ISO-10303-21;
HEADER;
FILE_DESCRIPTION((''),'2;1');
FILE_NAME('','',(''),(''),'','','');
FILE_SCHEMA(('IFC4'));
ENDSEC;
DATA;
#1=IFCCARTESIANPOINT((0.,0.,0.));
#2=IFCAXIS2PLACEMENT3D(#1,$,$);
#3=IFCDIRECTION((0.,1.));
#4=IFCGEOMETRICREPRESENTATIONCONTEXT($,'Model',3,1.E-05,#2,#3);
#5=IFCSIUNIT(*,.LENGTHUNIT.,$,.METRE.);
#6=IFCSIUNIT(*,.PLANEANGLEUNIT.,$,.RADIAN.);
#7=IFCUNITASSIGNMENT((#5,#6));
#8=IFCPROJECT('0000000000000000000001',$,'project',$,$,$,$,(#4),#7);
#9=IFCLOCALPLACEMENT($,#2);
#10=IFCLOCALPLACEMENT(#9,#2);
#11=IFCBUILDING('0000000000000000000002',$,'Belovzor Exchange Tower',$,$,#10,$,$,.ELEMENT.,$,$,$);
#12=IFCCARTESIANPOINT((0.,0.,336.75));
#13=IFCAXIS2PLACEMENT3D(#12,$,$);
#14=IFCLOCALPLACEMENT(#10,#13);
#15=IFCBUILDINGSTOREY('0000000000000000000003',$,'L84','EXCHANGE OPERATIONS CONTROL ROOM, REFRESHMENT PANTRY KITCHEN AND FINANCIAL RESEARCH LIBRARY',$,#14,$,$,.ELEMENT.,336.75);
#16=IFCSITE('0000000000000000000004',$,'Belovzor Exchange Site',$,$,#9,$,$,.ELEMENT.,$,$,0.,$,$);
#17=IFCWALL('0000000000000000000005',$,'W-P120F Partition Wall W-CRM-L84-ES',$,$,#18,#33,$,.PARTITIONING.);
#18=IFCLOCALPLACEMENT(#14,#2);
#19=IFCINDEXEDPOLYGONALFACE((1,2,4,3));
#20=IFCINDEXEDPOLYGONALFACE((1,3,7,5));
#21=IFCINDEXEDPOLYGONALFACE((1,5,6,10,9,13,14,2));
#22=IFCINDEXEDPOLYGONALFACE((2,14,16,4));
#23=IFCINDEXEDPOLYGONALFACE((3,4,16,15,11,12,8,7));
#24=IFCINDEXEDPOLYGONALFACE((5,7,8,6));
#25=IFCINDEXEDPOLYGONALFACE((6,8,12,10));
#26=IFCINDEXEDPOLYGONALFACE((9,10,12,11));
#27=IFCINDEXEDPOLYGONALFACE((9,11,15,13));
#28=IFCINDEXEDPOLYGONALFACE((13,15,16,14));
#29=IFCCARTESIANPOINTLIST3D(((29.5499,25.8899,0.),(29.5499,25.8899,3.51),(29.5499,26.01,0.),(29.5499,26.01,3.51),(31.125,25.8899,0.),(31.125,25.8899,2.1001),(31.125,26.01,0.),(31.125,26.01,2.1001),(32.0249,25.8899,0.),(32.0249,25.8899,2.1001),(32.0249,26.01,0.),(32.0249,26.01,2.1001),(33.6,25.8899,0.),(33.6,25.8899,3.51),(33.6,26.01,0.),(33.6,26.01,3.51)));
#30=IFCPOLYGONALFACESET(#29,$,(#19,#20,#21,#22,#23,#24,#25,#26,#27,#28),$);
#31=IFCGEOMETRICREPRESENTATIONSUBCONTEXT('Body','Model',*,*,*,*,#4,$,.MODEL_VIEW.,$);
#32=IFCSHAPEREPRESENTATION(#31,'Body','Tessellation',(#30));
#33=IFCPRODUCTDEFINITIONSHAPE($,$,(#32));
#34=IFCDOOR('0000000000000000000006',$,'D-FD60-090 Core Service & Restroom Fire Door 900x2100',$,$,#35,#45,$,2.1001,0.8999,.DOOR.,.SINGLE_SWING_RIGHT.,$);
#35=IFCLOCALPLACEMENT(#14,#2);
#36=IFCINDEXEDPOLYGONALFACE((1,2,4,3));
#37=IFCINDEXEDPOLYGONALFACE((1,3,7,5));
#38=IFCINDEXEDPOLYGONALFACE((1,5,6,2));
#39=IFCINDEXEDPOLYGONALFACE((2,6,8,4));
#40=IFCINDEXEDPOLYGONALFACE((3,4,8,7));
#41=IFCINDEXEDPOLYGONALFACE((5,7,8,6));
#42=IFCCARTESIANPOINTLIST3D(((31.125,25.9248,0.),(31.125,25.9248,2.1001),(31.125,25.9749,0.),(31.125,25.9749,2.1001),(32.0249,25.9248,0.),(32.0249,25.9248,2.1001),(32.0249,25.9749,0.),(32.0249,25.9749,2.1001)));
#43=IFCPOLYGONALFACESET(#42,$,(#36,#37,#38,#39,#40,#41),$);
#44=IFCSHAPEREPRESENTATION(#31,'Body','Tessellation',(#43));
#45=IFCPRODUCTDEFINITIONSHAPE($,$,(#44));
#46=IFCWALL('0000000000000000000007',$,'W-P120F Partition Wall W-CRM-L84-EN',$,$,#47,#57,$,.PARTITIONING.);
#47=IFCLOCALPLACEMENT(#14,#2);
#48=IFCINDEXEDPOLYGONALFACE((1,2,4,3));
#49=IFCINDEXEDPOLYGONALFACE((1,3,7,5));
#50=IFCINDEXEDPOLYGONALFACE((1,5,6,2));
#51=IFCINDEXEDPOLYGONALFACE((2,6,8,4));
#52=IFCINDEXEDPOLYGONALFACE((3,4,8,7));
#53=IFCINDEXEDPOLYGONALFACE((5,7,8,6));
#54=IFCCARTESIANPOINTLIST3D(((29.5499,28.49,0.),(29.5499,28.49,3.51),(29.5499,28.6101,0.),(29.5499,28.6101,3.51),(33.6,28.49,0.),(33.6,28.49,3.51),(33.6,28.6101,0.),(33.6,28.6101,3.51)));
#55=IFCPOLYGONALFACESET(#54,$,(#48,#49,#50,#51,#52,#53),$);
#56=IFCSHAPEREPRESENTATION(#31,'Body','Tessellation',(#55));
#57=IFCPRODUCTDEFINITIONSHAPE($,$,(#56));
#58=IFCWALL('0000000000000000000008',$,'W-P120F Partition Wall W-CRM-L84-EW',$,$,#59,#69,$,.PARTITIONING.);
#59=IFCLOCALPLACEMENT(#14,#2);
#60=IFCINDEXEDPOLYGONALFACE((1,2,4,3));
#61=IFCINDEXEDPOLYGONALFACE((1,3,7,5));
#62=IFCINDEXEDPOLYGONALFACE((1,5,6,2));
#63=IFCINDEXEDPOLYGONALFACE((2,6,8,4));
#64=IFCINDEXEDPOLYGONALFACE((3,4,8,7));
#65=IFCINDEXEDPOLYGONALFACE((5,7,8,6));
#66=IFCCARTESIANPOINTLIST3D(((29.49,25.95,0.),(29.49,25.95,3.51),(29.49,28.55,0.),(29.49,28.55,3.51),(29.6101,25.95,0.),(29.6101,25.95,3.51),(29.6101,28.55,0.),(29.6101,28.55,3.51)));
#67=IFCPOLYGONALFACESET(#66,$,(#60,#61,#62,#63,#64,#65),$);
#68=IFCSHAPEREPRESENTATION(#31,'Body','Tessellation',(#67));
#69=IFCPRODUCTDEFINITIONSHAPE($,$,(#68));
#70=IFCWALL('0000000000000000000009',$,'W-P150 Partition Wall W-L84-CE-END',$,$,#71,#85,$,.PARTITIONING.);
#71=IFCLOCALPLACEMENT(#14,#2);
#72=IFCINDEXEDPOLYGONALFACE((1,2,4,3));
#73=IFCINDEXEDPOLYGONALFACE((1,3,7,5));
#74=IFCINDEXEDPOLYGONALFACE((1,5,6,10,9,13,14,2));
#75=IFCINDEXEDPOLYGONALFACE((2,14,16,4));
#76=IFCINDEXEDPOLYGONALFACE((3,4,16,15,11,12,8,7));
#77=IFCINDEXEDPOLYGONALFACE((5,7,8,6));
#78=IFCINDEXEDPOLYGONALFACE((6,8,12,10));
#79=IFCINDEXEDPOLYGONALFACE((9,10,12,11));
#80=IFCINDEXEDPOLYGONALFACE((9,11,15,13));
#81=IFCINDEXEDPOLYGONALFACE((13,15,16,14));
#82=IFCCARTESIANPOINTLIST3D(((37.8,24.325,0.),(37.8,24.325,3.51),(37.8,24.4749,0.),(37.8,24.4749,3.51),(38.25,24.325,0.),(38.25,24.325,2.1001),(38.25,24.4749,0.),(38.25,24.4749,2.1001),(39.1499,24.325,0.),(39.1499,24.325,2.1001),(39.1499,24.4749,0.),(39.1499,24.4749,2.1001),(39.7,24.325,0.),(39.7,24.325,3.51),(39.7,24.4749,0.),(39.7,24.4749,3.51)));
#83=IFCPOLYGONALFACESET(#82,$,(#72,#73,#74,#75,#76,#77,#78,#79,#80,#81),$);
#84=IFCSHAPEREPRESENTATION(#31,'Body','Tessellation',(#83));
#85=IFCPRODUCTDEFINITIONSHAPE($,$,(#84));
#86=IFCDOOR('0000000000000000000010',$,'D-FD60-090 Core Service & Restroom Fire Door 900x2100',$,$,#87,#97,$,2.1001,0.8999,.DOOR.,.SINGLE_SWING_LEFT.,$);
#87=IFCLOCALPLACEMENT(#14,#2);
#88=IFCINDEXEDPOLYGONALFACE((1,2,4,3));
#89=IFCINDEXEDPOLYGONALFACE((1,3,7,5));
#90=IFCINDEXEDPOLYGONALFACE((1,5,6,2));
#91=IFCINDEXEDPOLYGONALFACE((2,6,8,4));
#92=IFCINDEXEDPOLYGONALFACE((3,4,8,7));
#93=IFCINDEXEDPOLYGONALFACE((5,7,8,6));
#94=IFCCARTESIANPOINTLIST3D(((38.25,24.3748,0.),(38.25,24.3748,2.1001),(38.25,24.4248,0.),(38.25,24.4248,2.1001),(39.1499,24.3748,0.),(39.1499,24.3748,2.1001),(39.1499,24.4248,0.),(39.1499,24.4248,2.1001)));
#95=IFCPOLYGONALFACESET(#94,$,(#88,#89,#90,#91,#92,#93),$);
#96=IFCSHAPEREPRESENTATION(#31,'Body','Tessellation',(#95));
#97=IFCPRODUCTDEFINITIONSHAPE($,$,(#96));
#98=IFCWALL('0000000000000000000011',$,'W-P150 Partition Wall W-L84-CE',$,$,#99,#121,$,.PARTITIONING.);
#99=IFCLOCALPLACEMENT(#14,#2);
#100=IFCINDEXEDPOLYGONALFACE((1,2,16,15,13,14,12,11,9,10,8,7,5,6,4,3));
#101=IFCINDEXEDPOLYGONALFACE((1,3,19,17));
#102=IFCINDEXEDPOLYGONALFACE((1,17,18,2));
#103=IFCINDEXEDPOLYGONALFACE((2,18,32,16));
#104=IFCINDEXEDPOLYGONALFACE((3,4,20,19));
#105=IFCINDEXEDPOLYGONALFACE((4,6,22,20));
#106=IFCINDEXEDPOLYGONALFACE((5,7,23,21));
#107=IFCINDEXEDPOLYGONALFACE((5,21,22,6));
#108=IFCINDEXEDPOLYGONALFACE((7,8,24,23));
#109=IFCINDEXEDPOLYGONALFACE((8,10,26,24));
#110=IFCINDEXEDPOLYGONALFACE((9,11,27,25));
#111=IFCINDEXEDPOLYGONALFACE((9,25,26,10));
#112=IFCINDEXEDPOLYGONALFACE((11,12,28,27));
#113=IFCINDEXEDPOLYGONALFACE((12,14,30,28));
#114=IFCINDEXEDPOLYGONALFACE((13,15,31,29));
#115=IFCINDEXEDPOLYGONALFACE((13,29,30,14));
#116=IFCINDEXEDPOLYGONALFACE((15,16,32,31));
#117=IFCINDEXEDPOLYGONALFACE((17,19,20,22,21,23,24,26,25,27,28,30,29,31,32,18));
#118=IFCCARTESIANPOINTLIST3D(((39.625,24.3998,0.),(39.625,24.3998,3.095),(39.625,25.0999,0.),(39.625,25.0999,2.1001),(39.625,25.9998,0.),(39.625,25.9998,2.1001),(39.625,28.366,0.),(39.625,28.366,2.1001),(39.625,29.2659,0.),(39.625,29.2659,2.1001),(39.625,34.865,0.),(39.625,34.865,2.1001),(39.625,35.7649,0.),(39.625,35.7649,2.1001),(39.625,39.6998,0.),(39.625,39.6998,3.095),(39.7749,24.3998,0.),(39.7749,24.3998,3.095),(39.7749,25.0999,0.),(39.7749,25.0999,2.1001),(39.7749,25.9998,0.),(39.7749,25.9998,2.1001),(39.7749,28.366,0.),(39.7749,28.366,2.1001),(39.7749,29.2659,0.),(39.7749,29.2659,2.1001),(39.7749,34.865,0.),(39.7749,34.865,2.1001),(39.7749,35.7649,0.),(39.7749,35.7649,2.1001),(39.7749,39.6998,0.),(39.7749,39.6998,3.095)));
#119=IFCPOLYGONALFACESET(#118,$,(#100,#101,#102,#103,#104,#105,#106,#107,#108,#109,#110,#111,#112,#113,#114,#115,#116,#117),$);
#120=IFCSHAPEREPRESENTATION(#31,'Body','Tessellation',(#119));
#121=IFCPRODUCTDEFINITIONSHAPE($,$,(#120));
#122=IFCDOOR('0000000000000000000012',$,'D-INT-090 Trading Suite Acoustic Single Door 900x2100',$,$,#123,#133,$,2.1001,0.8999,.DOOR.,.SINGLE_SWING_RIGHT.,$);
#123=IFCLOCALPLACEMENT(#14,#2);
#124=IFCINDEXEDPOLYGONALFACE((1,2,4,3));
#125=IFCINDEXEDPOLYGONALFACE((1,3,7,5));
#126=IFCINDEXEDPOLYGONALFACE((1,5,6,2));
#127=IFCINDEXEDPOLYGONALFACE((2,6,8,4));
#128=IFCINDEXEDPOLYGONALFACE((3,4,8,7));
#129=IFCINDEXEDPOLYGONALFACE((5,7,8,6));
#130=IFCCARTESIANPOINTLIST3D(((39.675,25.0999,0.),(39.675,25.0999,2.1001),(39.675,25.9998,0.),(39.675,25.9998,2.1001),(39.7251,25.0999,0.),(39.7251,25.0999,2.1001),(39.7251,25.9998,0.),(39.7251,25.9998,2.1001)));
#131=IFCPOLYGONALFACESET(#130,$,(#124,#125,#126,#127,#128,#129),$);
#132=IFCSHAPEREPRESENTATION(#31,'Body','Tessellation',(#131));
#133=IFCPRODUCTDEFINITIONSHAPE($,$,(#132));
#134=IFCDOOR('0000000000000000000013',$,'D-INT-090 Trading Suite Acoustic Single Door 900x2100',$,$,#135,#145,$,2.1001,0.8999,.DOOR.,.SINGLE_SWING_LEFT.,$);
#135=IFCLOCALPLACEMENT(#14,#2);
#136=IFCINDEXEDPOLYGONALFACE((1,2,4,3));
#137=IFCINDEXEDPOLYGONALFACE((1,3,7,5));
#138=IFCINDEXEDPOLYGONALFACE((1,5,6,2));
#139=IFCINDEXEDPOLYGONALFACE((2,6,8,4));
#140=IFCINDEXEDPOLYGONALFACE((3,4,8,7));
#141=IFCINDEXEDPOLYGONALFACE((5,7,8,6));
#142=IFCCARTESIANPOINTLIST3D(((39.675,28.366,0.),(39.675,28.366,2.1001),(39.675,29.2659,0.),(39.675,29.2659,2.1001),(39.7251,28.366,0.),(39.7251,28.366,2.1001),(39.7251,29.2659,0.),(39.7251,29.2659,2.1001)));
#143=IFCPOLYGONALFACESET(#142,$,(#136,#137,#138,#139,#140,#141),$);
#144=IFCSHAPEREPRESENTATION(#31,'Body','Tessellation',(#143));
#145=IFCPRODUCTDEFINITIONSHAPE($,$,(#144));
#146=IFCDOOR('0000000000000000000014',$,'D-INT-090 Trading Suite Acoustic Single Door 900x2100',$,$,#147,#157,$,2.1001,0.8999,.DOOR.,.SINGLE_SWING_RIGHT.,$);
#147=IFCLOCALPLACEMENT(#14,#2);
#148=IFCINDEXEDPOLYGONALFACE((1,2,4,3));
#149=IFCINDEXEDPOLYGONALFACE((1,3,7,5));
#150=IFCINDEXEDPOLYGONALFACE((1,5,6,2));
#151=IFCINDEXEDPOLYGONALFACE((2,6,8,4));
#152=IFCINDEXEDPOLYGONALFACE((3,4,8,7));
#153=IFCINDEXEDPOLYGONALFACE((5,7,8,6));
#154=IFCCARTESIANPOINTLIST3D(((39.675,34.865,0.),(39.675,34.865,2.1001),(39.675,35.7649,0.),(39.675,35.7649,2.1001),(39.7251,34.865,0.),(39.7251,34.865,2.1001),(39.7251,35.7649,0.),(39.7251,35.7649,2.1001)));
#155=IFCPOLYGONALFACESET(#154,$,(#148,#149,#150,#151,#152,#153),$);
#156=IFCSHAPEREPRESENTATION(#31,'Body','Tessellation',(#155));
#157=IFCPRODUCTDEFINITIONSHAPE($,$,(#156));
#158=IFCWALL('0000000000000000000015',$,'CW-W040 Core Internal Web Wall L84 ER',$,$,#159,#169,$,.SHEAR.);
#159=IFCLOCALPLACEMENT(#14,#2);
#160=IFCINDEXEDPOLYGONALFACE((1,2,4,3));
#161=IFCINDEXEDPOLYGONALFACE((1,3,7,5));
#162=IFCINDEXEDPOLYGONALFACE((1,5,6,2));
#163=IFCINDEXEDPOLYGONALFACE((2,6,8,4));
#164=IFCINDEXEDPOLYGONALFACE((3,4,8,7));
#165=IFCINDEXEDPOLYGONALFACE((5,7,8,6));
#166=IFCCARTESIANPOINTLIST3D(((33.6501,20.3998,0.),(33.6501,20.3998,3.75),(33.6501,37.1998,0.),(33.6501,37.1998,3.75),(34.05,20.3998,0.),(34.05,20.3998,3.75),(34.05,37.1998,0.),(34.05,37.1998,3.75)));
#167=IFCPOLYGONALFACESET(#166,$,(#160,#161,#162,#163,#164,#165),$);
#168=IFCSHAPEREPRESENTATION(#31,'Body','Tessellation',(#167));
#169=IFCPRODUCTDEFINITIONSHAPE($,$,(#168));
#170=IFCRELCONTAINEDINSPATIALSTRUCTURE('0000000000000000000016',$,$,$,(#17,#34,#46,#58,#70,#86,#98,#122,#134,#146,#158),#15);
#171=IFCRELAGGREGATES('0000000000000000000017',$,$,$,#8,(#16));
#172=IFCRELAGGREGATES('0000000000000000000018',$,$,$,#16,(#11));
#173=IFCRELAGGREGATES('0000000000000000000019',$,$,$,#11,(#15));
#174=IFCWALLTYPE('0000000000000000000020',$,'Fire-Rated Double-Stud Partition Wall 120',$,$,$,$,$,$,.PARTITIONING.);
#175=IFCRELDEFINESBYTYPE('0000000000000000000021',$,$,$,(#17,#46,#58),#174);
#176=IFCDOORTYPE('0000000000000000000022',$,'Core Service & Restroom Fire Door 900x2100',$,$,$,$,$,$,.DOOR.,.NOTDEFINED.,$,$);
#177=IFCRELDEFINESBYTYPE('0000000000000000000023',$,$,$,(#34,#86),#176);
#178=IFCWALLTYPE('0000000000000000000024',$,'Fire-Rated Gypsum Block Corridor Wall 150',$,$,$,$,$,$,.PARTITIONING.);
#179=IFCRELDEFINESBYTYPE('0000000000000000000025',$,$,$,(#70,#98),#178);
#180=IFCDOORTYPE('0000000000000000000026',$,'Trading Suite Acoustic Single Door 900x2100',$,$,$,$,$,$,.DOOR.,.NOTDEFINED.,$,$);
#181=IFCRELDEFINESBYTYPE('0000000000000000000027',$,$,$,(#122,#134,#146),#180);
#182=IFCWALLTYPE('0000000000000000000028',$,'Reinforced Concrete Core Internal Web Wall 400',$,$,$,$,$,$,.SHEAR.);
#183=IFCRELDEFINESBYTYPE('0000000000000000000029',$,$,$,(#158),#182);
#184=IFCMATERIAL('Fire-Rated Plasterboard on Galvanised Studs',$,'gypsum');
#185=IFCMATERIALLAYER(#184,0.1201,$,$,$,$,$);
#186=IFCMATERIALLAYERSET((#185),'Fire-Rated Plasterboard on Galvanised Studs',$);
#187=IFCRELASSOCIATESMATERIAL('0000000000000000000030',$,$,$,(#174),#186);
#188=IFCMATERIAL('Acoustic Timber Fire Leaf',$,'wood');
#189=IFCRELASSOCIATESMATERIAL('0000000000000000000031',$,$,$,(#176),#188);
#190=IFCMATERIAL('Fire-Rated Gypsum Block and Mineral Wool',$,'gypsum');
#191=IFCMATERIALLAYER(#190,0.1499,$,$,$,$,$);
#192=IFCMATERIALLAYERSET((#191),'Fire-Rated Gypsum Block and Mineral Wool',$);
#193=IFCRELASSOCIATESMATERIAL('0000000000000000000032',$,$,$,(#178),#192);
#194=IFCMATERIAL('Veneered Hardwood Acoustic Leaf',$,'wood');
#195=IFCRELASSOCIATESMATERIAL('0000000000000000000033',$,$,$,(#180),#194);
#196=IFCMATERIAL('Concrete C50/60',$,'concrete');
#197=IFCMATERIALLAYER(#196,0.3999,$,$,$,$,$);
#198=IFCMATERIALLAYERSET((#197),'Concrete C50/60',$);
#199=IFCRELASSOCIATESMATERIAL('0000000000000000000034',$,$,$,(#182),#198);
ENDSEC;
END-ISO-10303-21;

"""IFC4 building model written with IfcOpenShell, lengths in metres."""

from ifc_helpers import new_model, si_unit, direction, frame, frame_2d, origin, place, context, subcontext, project, spatial, rectangle, extrude, material, layer, layer_set, type_object, element, fill, save


model = new_model("IFC4")

# Units and contexts
model_context = context("Model", 3, precision=1e-05, world=origin(), true_north=direction((0.0, 1.0)))
body_context = subcontext(model_context, "Body", "Model", "MODEL_VIEW")
ifc_project = project(units=[si_unit("LENGTHUNIT", "METRE"), si_unit("PLANEANGLEUNIT", "RADIAN")], contexts=[model_context])

# Site, building, storey
site_placement = place(None, origin())
site = spatial("IfcSite", under=ifc_project, at=site_placement, Name="Belovzor Exchange Site", CompositionType="ELEMENT", RefElevation=0.0)
building_placement = place(site_placement, origin())
building = spatial("IfcBuilding", under=site, at=building_placement, Name="Belovzor Exchange Tower", CompositionType="ELEMENT")
storey_placement = place(building_placement, frame((0.0, 0.0, 336.75)))
storey = spatial("IfcBuildingStorey", under=building, at=storey_placement, Name="L84", Description="EXCHANGE OPERATIONS CONTROL ROOM, REFRESHMENT PANTRY KITCHEN AND FINANCIAL RESEARCH LIBRARY", CompositionType="ELEMENT", Elevation=336.75)

# Shared definitions
ifc_material_1 = material(Name="Fire-Rated Plasterboard on Galvanised Studs", Category="gypsum")
ifc_layer_1 = layer(ifc_material_1, 0.1201)
ifc_layer_set_1 = layer_set([ifc_layer_1], Name="Fire-Rated Plasterboard on Galvanised Studs")
wall_type_1 = type_object("IfcWallType", Name="Fire-Rated Double-Stud Partition Wall 120", PredefinedType="PARTITIONING", material=ifc_layer_set_1)
ifc_material_2 = material(Name="Acoustic Timber Fire Leaf", Category="wood")
door_type_1 = type_object("IfcDoorType", Name="Core Service & Restroom Fire Door 900x2100", OperationType="NOTDEFINED", PredefinedType="DOOR", material=ifc_material_2)

# Wall, opening, door
wall_1_placement = place(storey_placement, frame((29.55, 25.95, 0.0), z_axis=(0.0, 0.0, 1.0), x_axis=(1.0, 0.0, 0.0)))
wall_1 = element("IfcWall", 1, at=wall_1_placement, inside=storey, type_object=wall_type_1, Name="W-P120F Partition Wall W-CRM-L84-ES", PredefinedType="PARTITIONING", context=body_context, shape_type="SweptSolid", body=[
    extrude(rectangle(XDim=4.05, YDim=0.1201, at=frame_2d((2.0249, 0.0))), origin(), (0.0, 0.0, 1.0), 3.51),
])
opening_1_placement = place(wall_1_placement, frame((1.575, 0.0, 0.0)))
opening_1 = element("IfcOpeningElement", 2, at=opening_1_placement, cuts=wall_1, PredefinedType="OPENING", context=body_context, shape_type="SweptSolid", body=[
    extrude(rectangle(XDim=0.8999, YDim=2.1001, at=frame_2d((0.45, 1.05))), frame((0.0, 0.0701, 0.0), z_axis=(0.0, -1.0, 0.0), x_axis=(1.0, 0.0, 0.0)), (0.0, 0.0, 1.0), 0.1401),
])
door_1_placement = place(opening_1_placement, origin())
door_1 = element("IfcDoor", 3, at=door_1_placement, inside=storey, type_object=door_type_1, Name="D-FD60-090 Core Service & Restroom Fire Door 900x2100", OperationType="SINGLE_SWING_RIGHT", OverallHeight=2.1001, OverallWidth=0.8999, PredefinedType="DOOR", context=body_context, shape_type="SweptSolid", body=[
    extrude(rectangle(XDim=0.8999, YDim=2.1001, at=frame_2d((0.45, 1.05))), frame((0.0, 0.0249, 0.0), z_axis=(0.0, -1.0, 0.0), x_axis=(1.0, 0.0, 0.0)), (0.0, 0.0, 1.0), 0.05),
])
fill(opening_1, door_1)

# Walls
wall_2_placement = place(storey_placement, frame((29.55, 28.55, 0.0), z_axis=(0.0, 0.0, 1.0), x_axis=(1.0, 0.0, 0.0)))
element("IfcWall", 4, at=wall_2_placement, inside=storey, type_object=wall_type_1, Name="W-P120F Partition Wall W-CRM-L84-EN", PredefinedType="PARTITIONING", context=body_context, shape_type="SweptSolid", body=[
    extrude(rectangle(XDim=4.05, YDim=0.1201, at=frame_2d((2.0249, 0.0))), origin(), (0.0, 0.0, 1.0), 3.51),
])
wall_3_placement = place(storey_placement, frame((29.55, 25.95, 0.0), z_axis=(0.0, 0.0, 1.0), x_axis=(0.0, 1.0, 0.0)))
element("IfcWall", 5, at=wall_3_placement, inside=storey, type_object=wall_type_1, Name="W-P120F Partition Wall W-CRM-L84-EW", PredefinedType="PARTITIONING", context=body_context, shape_type="SweptSolid", body=[
    extrude(rectangle(XDim=2.6001, YDim=0.1201, at=frame_2d((1.3, 0.0))), origin(), (0.0, 0.0, 1.0), 3.51),
])

# Wall, opening, door
ifc_material_3 = material(Name="Fire-Rated Gypsum Block and Mineral Wool", Category="gypsum")
ifc_layer_2 = layer(ifc_material_3, 0.1499)
ifc_layer_set_2 = layer_set([ifc_layer_2], Name="Fire-Rated Gypsum Block and Mineral Wool")
wall_type_2 = type_object("IfcWallType", Name="Fire-Rated Gypsum Block Corridor Wall 150", PredefinedType="PARTITIONING", material=ifc_layer_set_2)
wall_4_placement = place(storey_placement, frame((37.8, 24.3999, 0.0), z_axis=(0.0, 0.0, 1.0), x_axis=(1.0, 0.0, 0.0)))
wall_4 = element("IfcWall", 6, at=wall_4_placement, inside=storey, type_object=wall_type_2, Name="W-P150 Partition Wall W-L84-CE-END", PredefinedType="PARTITIONING", context=body_context, shape_type="SweptSolid", body=[
    extrude(rectangle(XDim=1.8999, YDim=0.1499, at=frame_2d((0.95, 0.0))), origin(), (0.0, 0.0, 1.0), 3.51),
])
opening_2_placement = place(wall_4_placement, frame((0.45, 0.0, 0.0)))
opening_2 = element("IfcOpeningElement", 7, at=opening_2_placement, cuts=wall_4, PredefinedType="OPENING", context=body_context, shape_type="SweptSolid", body=[
    extrude(rectangle(XDim=0.8999, YDim=2.1001, at=frame_2d((0.45, 1.05))), frame((0.0, 0.085, 0.0), z_axis=(0.0, -1.0, 0.0), x_axis=(1.0, 0.0, 0.0)), (0.0, 0.0, 1.0), 0.1699),
])
door_2_placement = place(opening_2_placement, origin())
door_2 = element("IfcDoor", 8, at=door_2_placement, inside=storey, type_object=door_type_1, Name="D-FD60-090 Core Service & Restroom Fire Door 900x2100", OperationType="SINGLE_SWING_LEFT", OverallHeight=2.1001, OverallWidth=0.8999, PredefinedType="DOOR", context=body_context, shape_type="SweptSolid", body=[
    extrude(rectangle(XDim=0.8999, YDim=2.1001, at=frame_2d((0.45, 1.05))), frame((0.0, 0.0249, 0.0), z_axis=(0.0, -1.0, 0.0), x_axis=(1.0, 0.0, 0.0)), (0.0, 0.0, 1.0), 0.05),
])
fill(opening_2, door_2)

# Wall, openings, doors
wall_5_placement = place(storey_placement, frame((39.7, 24.3999, 0.0), z_axis=(0.0, 0.0, 1.0), x_axis=(0.0, 1.0, 0.0)))
wall_5 = element("IfcWall", 9, at=wall_5_placement, inside=storey, type_object=wall_type_2, Name="W-P150 Partition Wall W-L84-CE", PredefinedType="PARTITIONING", context=body_context, shape_type="SweptSolid", body=[
    extrude(rectangle(XDim=15.3, YDim=0.1499, at=frame_2d((7.6499, 0.0))), origin(), (0.0, 0.0, 1.0), 3.095),
])
opening_3_placement = place(wall_5_placement, frame((0.7, 0.0, 0.0)))
opening_3 = element("IfcOpeningElement", 10, at=opening_3_placement, cuts=wall_5, PredefinedType="OPENING", context=body_context, shape_type="SweptSolid", body=[
    extrude(rectangle(XDim=0.8999, YDim=2.1001, at=frame_2d((0.45, 1.05))), frame((0.0, 0.085, 0.0), z_axis=(0.0, -1.0, 0.0), x_axis=(1.0, 0.0, 0.0)), (0.0, 0.0, 1.0), 0.1699),
])
opening_4_placement = place(wall_5_placement, frame((3.9661, 0.0, 0.0)))
opening_4 = element("IfcOpeningElement", 11, at=opening_4_placement, cuts=wall_5, PredefinedType="OPENING", context=body_context, shape_type="SweptSolid", body=[
    extrude(rectangle(XDim=0.8999, YDim=2.1001, at=frame_2d((0.45, 1.05))), frame((0.0, 0.085, 0.0), z_axis=(0.0, -1.0, 0.0), x_axis=(1.0, 0.0, 0.0)), (0.0, 0.0, 1.0), 0.1699),
])
opening_5_placement = place(wall_5_placement, frame((10.4651, 0.0, 0.0)))
opening_5 = element("IfcOpeningElement", 12, at=opening_5_placement, cuts=wall_5, PredefinedType="OPENING", context=body_context, shape_type="SweptSolid", body=[
    extrude(rectangle(XDim=0.8999, YDim=2.1001, at=frame_2d((0.45, 1.05))), frame((0.0, 0.085, 0.0), z_axis=(0.0, -1.0, 0.0), x_axis=(1.0, 0.0, 0.0)), (0.0, 0.0, 1.0), 0.1699),
])
ifc_material_4 = material(Name="Veneered Hardwood Acoustic Leaf", Category="wood")
door_type_2 = type_object("IfcDoorType", Name="Trading Suite Acoustic Single Door 900x2100", OperationType="NOTDEFINED", PredefinedType="DOOR", material=ifc_material_4)
door_3_placement = place(opening_3_placement, origin())
door_3 = element("IfcDoor", 13, at=door_3_placement, inside=storey, type_object=door_type_2, Name="D-INT-090 Trading Suite Acoustic Single Door 900x2100", OperationType="SINGLE_SWING_RIGHT", OverallHeight=2.1001, OverallWidth=0.8999, PredefinedType="DOOR", context=body_context, shape_type="SweptSolid", body=[
    extrude(rectangle(XDim=0.8999, YDim=2.1001, at=frame_2d((0.45, 1.05))), frame((0.0, 0.0249, 0.0), z_axis=(0.0, -1.0, 0.0), x_axis=(1.0, 0.0, 0.0)), (0.0, 0.0, 1.0), 0.05),
])
fill(opening_3, door_3)
door_4_placement = place(opening_4_placement, origin())
door_4 = element("IfcDoor", 14, at=door_4_placement, inside=storey, type_object=door_type_2, Name="D-INT-090 Trading Suite Acoustic Single Door 900x2100", OperationType="SINGLE_SWING_LEFT", OverallHeight=2.1001, OverallWidth=0.8999, PredefinedType="DOOR", context=body_context, shape_type="SweptSolid", body=[
    extrude(rectangle(XDim=0.8999, YDim=2.1001, at=frame_2d((0.45, 1.05))), frame((0.0, 0.0249, 0.0), z_axis=(0.0, -1.0, 0.0), x_axis=(1.0, 0.0, 0.0)), (0.0, 0.0, 1.0), 0.05),
])
fill(opening_4, door_4)
door_5_placement = place(opening_5_placement, origin())
door_5 = element("IfcDoor", 15, at=door_5_placement, inside=storey, type_object=door_type_2, Name="D-INT-090 Trading Suite Acoustic Single Door 900x2100", OperationType="SINGLE_SWING_RIGHT", OverallHeight=2.1001, OverallWidth=0.8999, PredefinedType="DOOR", context=body_context, shape_type="SweptSolid", body=[
    extrude(rectangle(XDim=0.8999, YDim=2.1001, at=frame_2d((0.45, 1.05))), frame((0.0, 0.0249, 0.0), z_axis=(0.0, -1.0, 0.0), x_axis=(1.0, 0.0, 0.0)), (0.0, 0.0, 1.0), 0.05),
])
fill(opening_5, door_5)

# Wall
ifc_material_5 = material(Name="Concrete C50/60", Category="concrete")
ifc_layer_3 = layer(ifc_material_5, 0.3999)
ifc_layer_set_3 = layer_set([ifc_layer_3], Name="Concrete C50/60")
wall_type_3 = type_object("IfcWallType", Name="Reinforced Concrete Core Internal Web Wall 400", PredefinedType="SHEAR", material=ifc_layer_set_3)
wall_6_placement = place(storey_placement, frame((33.8501, 20.3999, 0.0), z_axis=(0.0, 0.0, 1.0), x_axis=(0.0, 1.0, 0.0)))
element("IfcWall", 16, at=wall_6_placement, inside=storey, type_object=wall_type_3, Name="CW-W040 Core Internal Web Wall L84 ER", PredefinedType="SHEAR", context=body_context, shape_type="SweptSolid", body=[
    extrude(rectangle(XDim=16.8, YDim=0.3999, at=frame_2d((8.3999, 0.0))), origin(), (0.0, 0.0, 1.0), 3.75),
])

save(model, "model.ifc")
